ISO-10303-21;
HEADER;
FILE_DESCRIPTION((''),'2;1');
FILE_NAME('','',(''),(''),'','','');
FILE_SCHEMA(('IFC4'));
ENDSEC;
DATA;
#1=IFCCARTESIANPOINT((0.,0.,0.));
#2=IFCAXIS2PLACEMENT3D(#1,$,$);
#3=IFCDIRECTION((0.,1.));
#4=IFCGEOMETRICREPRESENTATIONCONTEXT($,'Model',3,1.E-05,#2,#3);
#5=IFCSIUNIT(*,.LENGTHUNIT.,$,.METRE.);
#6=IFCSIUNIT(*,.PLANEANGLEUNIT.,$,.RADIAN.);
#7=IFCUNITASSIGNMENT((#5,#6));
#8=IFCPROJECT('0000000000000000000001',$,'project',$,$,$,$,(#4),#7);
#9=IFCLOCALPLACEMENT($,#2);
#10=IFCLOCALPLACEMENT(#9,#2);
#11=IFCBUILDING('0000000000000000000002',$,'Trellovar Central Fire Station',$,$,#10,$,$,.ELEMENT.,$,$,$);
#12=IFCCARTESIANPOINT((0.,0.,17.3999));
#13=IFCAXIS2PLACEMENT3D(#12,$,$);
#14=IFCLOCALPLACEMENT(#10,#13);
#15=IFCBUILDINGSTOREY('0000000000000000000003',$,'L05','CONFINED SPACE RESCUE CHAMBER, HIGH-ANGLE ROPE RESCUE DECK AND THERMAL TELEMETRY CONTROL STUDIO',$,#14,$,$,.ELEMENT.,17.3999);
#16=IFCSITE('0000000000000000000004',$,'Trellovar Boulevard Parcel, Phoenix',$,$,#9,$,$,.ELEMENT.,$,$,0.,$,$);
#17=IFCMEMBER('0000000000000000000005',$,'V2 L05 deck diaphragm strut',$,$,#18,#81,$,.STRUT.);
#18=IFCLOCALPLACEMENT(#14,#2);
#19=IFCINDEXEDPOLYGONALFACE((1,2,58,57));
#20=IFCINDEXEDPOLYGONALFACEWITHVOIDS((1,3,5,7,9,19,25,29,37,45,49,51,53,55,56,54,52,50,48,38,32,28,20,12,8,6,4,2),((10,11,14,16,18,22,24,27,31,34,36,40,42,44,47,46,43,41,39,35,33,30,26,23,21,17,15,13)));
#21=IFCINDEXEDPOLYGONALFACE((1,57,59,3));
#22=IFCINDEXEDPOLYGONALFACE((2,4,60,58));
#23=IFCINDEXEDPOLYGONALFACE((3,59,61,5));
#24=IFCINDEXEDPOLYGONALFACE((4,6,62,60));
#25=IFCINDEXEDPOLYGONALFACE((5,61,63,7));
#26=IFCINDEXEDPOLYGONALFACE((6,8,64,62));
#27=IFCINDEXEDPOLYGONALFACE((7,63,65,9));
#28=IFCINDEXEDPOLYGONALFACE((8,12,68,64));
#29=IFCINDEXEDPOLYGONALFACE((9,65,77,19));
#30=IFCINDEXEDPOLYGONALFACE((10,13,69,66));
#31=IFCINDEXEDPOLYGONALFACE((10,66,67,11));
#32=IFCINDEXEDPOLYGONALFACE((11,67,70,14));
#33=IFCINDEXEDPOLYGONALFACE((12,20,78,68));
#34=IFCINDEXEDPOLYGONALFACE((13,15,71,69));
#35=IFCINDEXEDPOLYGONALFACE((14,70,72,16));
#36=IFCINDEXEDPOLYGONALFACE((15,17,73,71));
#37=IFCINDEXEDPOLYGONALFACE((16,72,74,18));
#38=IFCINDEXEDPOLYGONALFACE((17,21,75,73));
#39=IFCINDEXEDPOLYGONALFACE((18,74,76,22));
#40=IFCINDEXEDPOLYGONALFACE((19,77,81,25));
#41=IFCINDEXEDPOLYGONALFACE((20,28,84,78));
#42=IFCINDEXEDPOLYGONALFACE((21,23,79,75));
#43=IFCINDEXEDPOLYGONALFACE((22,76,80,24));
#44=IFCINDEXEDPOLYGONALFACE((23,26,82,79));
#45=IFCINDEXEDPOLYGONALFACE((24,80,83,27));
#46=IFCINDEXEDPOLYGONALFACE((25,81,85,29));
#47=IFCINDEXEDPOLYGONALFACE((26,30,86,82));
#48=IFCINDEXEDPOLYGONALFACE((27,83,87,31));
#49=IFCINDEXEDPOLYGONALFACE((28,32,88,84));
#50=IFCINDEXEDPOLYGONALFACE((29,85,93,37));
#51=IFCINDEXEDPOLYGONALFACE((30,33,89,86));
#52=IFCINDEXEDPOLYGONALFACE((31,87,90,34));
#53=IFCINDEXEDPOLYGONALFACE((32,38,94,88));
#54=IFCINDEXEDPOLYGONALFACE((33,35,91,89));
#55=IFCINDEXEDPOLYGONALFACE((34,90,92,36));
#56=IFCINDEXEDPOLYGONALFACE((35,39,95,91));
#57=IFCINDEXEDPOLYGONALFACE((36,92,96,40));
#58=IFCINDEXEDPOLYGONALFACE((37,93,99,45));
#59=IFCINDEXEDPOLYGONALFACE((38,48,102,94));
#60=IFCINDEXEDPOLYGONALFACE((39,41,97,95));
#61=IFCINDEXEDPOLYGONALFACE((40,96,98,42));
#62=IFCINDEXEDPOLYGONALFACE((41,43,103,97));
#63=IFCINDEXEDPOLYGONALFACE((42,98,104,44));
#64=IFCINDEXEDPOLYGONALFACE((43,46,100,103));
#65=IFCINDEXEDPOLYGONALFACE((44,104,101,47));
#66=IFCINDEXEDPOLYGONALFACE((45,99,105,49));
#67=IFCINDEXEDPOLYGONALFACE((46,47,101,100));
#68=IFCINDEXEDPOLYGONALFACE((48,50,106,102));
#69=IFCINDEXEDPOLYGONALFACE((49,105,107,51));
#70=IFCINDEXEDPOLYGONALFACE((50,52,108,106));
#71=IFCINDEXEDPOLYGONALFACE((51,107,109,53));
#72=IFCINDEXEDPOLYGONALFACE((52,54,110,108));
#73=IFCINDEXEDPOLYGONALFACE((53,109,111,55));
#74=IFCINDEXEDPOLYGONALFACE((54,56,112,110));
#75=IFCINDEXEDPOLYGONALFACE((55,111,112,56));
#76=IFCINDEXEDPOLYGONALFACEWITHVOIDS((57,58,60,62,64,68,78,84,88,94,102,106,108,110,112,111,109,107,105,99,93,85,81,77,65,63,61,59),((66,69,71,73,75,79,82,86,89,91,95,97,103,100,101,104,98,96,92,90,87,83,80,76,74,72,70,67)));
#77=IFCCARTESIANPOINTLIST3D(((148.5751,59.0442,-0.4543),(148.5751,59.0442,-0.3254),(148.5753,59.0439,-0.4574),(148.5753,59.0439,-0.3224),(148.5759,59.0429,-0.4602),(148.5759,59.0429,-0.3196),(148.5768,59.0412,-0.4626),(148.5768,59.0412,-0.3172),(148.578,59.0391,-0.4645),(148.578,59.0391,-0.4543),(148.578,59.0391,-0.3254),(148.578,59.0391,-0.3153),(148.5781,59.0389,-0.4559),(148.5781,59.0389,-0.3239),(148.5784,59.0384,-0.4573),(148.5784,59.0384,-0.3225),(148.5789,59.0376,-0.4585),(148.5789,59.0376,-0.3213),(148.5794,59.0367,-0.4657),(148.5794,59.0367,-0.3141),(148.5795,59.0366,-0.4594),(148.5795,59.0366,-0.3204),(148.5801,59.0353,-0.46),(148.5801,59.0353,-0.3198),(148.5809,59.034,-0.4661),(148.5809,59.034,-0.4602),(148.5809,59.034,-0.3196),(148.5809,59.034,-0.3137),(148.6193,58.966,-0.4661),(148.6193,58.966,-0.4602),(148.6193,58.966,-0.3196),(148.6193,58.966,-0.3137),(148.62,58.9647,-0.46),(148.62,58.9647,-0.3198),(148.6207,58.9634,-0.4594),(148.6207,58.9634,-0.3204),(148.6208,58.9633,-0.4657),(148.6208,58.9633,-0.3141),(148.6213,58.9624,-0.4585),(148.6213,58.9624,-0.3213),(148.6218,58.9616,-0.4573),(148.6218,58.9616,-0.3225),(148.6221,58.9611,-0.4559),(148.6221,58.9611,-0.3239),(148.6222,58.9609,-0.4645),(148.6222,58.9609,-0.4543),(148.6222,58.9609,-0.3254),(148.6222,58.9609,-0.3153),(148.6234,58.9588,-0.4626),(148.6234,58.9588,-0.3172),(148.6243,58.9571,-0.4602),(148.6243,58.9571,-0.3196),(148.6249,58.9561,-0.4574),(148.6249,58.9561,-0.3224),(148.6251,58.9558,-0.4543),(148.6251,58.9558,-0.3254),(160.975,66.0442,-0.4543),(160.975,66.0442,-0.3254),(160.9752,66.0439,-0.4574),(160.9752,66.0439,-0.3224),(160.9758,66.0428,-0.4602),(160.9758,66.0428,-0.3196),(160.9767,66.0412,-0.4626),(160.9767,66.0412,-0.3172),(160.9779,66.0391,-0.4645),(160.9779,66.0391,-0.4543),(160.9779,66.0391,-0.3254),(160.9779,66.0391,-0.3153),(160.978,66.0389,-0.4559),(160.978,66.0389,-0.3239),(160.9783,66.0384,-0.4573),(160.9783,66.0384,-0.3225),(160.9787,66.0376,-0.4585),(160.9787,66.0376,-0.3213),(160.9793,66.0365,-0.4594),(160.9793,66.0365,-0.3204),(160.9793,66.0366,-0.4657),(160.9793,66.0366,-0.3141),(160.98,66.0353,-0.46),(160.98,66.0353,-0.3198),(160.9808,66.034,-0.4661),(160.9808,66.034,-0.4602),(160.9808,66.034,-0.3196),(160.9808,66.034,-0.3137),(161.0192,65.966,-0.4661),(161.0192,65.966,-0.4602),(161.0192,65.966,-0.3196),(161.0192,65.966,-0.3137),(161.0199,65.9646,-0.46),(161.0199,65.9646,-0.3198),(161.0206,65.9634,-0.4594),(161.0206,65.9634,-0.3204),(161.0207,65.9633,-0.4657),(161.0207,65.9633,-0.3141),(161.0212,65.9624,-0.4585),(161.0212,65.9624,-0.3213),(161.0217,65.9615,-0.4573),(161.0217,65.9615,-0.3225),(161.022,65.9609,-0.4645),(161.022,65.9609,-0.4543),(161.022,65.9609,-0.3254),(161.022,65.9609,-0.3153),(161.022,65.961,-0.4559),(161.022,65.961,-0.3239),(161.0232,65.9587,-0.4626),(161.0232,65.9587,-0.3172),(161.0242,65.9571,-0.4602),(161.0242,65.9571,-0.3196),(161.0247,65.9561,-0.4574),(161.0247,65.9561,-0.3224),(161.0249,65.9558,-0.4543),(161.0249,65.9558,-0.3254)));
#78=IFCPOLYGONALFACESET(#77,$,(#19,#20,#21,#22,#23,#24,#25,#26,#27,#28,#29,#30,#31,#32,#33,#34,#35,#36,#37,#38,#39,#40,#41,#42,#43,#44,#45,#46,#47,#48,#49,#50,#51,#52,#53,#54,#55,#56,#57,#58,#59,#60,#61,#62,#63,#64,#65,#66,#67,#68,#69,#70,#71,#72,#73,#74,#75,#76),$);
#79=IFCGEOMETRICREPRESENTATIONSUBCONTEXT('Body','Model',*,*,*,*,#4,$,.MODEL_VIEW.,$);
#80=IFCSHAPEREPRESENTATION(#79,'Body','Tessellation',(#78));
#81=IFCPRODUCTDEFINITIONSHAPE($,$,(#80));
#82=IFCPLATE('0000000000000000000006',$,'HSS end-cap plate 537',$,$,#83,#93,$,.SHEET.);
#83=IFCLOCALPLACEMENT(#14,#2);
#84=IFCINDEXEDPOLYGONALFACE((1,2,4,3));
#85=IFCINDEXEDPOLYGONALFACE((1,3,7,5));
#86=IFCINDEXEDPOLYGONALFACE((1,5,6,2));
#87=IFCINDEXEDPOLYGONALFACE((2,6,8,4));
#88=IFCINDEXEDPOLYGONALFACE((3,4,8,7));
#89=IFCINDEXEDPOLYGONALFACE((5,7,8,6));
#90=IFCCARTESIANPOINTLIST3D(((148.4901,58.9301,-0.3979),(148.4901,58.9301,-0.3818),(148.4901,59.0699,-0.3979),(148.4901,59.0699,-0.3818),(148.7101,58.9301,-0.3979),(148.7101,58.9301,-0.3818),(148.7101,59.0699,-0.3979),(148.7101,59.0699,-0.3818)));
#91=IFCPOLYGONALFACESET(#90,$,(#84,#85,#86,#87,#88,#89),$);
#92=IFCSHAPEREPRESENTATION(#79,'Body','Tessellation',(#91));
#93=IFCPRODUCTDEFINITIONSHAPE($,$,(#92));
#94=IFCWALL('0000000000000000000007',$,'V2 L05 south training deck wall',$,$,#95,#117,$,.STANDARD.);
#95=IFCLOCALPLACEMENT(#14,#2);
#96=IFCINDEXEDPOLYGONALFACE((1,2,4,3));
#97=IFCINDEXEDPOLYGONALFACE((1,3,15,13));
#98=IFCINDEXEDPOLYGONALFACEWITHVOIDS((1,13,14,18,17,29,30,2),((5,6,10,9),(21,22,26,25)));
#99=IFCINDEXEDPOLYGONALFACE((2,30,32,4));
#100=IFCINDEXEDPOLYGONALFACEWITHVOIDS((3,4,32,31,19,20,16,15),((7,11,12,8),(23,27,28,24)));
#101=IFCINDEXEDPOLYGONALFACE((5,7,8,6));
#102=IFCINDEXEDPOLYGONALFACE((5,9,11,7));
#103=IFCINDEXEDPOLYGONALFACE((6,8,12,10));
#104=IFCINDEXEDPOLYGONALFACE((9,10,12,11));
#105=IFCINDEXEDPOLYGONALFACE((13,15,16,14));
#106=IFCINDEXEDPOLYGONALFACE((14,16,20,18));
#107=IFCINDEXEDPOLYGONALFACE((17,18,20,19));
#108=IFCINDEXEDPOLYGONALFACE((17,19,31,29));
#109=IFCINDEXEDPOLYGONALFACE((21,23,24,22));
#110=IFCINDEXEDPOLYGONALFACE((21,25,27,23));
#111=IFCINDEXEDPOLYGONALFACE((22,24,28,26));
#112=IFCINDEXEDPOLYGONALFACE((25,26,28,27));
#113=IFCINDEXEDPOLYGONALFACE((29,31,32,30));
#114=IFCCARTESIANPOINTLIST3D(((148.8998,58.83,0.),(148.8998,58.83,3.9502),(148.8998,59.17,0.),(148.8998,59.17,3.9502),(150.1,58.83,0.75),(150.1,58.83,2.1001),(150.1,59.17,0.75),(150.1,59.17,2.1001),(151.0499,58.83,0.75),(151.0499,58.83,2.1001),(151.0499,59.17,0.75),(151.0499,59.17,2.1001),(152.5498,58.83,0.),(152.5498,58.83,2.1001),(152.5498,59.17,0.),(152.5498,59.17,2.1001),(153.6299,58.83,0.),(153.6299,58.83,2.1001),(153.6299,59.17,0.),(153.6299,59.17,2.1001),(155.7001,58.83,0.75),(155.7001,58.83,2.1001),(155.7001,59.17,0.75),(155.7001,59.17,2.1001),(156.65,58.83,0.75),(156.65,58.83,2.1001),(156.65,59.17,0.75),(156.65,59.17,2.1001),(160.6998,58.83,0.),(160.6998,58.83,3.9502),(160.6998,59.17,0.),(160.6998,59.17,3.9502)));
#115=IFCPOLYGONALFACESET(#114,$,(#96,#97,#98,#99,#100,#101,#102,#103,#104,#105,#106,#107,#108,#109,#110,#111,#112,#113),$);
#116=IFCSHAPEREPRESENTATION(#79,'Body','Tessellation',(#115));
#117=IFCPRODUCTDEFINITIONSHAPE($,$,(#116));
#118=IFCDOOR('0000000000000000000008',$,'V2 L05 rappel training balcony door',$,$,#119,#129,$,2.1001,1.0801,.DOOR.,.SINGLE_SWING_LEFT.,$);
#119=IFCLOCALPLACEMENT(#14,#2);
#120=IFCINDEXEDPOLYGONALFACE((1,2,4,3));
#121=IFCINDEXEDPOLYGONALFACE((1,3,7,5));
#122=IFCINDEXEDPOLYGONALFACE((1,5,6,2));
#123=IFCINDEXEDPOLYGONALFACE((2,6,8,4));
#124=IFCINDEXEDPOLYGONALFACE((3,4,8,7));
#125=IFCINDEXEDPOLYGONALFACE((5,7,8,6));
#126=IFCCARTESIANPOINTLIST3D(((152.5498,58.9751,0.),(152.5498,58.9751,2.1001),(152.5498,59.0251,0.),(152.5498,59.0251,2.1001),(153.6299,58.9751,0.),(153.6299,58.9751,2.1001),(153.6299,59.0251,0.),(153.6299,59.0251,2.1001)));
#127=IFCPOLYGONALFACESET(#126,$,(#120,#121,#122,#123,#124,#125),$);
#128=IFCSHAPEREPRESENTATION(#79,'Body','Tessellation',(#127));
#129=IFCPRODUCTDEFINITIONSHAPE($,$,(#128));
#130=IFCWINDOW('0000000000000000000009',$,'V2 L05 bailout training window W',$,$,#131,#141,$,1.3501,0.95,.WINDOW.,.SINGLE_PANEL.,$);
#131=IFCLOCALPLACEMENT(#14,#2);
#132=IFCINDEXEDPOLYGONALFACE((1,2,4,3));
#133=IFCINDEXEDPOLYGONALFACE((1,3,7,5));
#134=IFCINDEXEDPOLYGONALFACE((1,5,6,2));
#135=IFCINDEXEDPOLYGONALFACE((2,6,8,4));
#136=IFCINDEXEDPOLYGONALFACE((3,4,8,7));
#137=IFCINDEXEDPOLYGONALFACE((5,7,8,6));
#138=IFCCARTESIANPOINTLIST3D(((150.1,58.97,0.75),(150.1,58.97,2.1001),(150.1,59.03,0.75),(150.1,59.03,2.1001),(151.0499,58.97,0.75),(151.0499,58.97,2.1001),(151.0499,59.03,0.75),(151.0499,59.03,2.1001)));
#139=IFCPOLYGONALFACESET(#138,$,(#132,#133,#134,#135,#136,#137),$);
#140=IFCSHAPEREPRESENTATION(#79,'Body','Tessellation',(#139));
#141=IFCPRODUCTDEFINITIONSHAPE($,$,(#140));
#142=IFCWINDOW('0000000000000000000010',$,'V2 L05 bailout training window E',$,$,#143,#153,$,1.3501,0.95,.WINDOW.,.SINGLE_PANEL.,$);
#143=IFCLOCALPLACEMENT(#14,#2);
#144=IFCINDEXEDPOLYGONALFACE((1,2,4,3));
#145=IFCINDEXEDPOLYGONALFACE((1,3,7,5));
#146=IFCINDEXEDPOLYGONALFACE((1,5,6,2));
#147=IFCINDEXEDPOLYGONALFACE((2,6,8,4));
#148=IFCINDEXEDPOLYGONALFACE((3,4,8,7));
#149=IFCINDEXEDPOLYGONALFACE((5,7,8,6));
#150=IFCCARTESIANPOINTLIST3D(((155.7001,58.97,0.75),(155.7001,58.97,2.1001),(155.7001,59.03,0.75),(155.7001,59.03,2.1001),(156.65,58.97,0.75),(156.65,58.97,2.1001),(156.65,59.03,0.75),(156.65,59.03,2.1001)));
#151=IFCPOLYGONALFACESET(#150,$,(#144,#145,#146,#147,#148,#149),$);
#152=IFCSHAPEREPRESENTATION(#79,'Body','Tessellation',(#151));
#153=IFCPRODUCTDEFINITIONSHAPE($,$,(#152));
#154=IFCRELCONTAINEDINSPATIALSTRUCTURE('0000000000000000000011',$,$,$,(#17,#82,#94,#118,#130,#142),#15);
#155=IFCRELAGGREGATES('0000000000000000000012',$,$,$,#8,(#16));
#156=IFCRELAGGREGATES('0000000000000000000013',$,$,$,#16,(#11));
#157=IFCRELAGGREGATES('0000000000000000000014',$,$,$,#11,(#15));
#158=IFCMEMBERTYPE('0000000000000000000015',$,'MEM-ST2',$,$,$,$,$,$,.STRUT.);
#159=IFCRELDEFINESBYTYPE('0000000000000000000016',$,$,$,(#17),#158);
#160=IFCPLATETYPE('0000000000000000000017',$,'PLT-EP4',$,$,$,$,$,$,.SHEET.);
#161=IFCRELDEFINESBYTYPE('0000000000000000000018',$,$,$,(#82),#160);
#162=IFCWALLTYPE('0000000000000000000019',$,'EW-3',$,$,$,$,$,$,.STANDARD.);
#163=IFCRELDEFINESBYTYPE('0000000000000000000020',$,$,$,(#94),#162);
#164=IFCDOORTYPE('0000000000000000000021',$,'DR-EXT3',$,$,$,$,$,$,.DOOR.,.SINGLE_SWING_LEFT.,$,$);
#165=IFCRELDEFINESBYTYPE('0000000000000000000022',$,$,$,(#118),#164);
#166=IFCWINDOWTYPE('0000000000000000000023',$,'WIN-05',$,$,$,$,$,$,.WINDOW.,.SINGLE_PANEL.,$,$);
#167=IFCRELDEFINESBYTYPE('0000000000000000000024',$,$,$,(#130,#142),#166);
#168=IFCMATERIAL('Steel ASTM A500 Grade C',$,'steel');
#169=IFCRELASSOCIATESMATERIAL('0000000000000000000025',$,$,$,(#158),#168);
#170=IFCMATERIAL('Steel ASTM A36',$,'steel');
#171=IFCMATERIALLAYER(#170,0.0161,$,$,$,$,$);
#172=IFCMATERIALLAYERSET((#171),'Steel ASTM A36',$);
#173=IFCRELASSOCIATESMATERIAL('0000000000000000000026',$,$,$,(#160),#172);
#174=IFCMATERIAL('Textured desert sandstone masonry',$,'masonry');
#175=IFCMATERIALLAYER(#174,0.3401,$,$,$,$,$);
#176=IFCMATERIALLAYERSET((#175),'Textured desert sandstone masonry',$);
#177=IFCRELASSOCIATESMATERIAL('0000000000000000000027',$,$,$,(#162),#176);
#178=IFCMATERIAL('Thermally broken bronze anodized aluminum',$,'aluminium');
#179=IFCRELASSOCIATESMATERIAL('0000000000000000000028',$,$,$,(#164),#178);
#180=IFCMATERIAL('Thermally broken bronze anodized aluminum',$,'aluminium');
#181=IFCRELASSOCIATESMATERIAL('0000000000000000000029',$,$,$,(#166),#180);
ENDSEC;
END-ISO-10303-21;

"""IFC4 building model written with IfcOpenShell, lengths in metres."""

from ifc_helpers import new_model, si_unit, direction, frame, frame_2d, origin, origin_2d, place, context, subcontext, project, spatial, rectangle, hollow_rectangle, extrude, material, layer, layer_set, material_profile, profile_set, type_object, element, fill, save


model = new_model("IFC4")

# Units and contexts
model_context = context("Model", 3, precision=1e-05, world=origin(), true_north=direction((0.0, 1.0)))
body_context = subcontext(model_context, "Body", "Model", "MODEL_VIEW")
ifc_project = project(units=[si_unit("LENGTHUNIT", "METRE"), si_unit("PLANEANGLEUNIT", "RADIAN")], contexts=[model_context])

# Site, building, storey
site_placement = place(None, origin())
site = spatial("IfcSite", under=ifc_project, at=site_placement, Name="Trellovar Boulevard Parcel, Phoenix", CompositionType="ELEMENT", RefElevation=0.0)
building_placement = place(site_placement, origin())
building = spatial("IfcBuilding", under=site, at=building_placement, Name="Trellovar Central Fire Station", CompositionType="ELEMENT")
storey_placement = place(building_placement, frame((0.0, 0.0, 17.3999)))
storey = spatial("IfcBuildingStorey", under=building, at=storey_placement, Name="L05", Description="CONFINED SPACE RESCUE CHAMBER, HIGH-ANGLE ROPE RESCUE DECK AND THERMAL TELEMETRY CONTROL STUDIO", CompositionType="ELEMENT", Elevation=17.3999)

# Member
ifc_material_1 = material(Name="Steel ASTM A500 Grade C", Category="steel")
ifc_material_profile_1 = material_profile(ifc_material_1, hollow_rectangle(XDim=0.1016, YDim=0.1523, WallThickness=0.0059, InnerFilletRadius=0.0059, OuterFilletRadius=0.0117, at=origin_2d()), Name="HSS6X4X1/4")
ifc_profile_set_1 = profile_set([ifc_material_profile_1], Name="Steel ASTM A500 Grade C")
member_type = type_object("IfcMemberType", Name="MEM-ST2", PredefinedType="STRUT", material=ifc_profile_set_1)
member_placement = place(storey_placement, frame((148.6001, 59.0, -0.3899), z_axis=(0.870823, 0.491597, 0.0), x_axis=(-0.491597, 0.870823, 0.0)))
element("IfcMember", 1, at=member_placement, inside=storey, type_object=member_type, Name="V2 L05 deck diaphragm strut", PredefinedType="STRUT", context=body_context, shape_type="SweptSolid", body=[
    extrude(hollow_rectangle(XDim=0.1016, YDim=0.1523, WallThickness=0.0059, InnerFilletRadius=0.0059, OuterFilletRadius=0.0117, at=origin_2d()), origin(), (0.0, 0.0, 1.0), 14.2393),
])

# Plate
ifc_material_2 = material(Name="Steel ASTM A36", Category="steel")
ifc_layer_1 = layer(ifc_material_2, 0.0161)
ifc_layer_set_1 = layer_set([ifc_layer_1], Name="Steel ASTM A36")
plate_type = type_object("IfcPlateType", Name="PLT-EP4", PredefinedType="SHEET", material=ifc_layer_set_1)
plate_placement = place(storey_placement, frame((148.6001, 59.0, -0.3979), z_axis=(0.0, 0.0, 1.0), x_axis=(1.0, 0.0, 0.0)))
element("IfcPlate", 2, at=plate_placement, inside=storey, type_object=plate_type, Name="HSS end-cap plate 537", PredefinedType="SHEET", context=body_context, shape_type="SweptSolid", body=[
    extrude(rectangle(XDim=0.22, YDim=0.1399, at=origin_2d()), origin(), (0.0, 0.0, 1.0), 0.0161),
])

# Wall, openings, door, windows
ifc_material_3 = material(Name="Textured desert sandstone masonry", Category="masonry")
ifc_layer_2 = layer(ifc_material_3, 0.3401)
ifc_layer_set_2 = layer_set([ifc_layer_2], Name="Textured desert sandstone masonry")
wall_type_1 = type_object("IfcWallType", Name="EW-3", PredefinedType="STANDARD", material=ifc_layer_set_2)
wall_1_placement = place(storey_placement, frame((148.8999, 59.0, 0.0), z_axis=(0.0, 0.0, 1.0), x_axis=(1.0, 0.0, 0.0)))
wall_1 = element("IfcWall", 3, at=wall_1_placement, inside=storey, type_object=wall_type_1, Name="V2 L05 south training deck wall", PredefinedType="STANDARD", context=body_context, shape_type="SweptSolid", body=[
    extrude(rectangle(XDim=11.8, YDim=0.3401, at=frame_2d((5.8999, 0.0))), origin(), (0.0, 0.0, 1.0), 3.9502),
])
opening_1_placement = place(wall_1_placement, frame((3.6499, 0.0, 0.0)))
opening_1 = element("IfcOpeningElement", 4, at=opening_1_placement, cuts=wall_1, PredefinedType="OPENING", context=body_context, shape_type="SweptSolid", body=[
    extrude(rectangle(XDim=1.0801, YDim=2.1001, at=frame_2d((0.54, 1.05))), frame((0.0, 0.1799, 0.0), z_axis=(0.0, -1.0, 0.0), x_axis=(1.0, 0.0, 0.0)), (0.0, 0.0, 1.0), 0.3601),
])
opening_2_placement = place(wall_1_placement, frame((1.2, 0.0, 0.75)))
opening_2 = element("IfcOpeningElement", 5, at=opening_2_placement, cuts=wall_1, PredefinedType="OPENING", context=body_context, shape_type="SweptSolid", body=[
    extrude(rectangle(XDim=0.95, YDim=1.3501, at=frame_2d((0.4751, 0.675))), frame((0.0, 0.1799, 0.0), z_axis=(0.0, -1.0, 0.0), x_axis=(1.0, 0.0, 0.0)), (0.0, 0.0, 1.0), 0.3601),
])
opening_3_placement = place(wall_1_placement, frame((6.8, 0.0, 0.75)))
opening_3 = element("IfcOpeningElement", 6, at=opening_3_placement, cuts=wall_1, PredefinedType="OPENING", context=body_context, shape_type="SweptSolid", body=[
    extrude(rectangle(XDim=0.95, YDim=1.3501, at=frame_2d((0.4751, 0.675))), frame((0.0, 0.1799, 0.0), z_axis=(0.0, -1.0, 0.0), x_axis=(1.0, 0.0, 0.0)), (0.0, 0.0, 1.0), 0.3601),
])
ifc_material_4 = material(Name="Thermally broken bronze anodized aluminum", Category="aluminium")
door_type_1 = type_object("IfcDoorType", Name="DR-EXT3", OperationType="SINGLE_SWING_LEFT", PredefinedType="DOOR", material=ifc_material_4)
door_1_placement = place(opening_1_placement, frame((1.0801, 0.0, 0.0), z_axis=(0.0, 0.0, 1.0), x_axis=(-1.0, 0.0, 0.0)))
door_1 = element("IfcDoor", 7, at=door_1_placement, inside=storey, type_object=door_type_1, Name="V2 L05 rappel training balcony door", OperationType="SINGLE_SWING_LEFT", OverallHeight=2.1001, OverallWidth=1.0801, PredefinedType="DOOR", context=body_context, shape_type="SweptSolid", body=[
    extrude(rectangle(XDim=1.0801, YDim=2.1001, at=frame_2d((0.54, 1.05))), frame((0.0, 0.0249, 0.0), z_axis=(0.0, -1.0, 0.0), x_axis=(1.0, 0.0, 0.0)), (0.0, 0.0, 1.0), 0.05),
])
fill(opening_1, door_1)
ifc_material_5 = material(Name="Thermally broken bronze anodized aluminum", Category="aluminium")
window_type = type_object("IfcWindowType", Name="WIN-05", PartitioningType="SINGLE_PANEL", PredefinedType="WINDOW", material=ifc_material_5)
window_1_placement = place(opening_2_placement, origin())
window_1 = element("IfcWindow", 8, at=window_1_placement, inside=storey, type_object=window_type, Name="V2 L05 bailout training window W", OverallHeight=1.3501, OverallWidth=0.95, PartitioningType="SINGLE_PANEL", PredefinedType="WINDOW", context=body_context, shape_type="SweptSolid", body=[
    extrude(rectangle(XDim=0.95, YDim=1.3501, at=frame_2d((0.4751, 0.675))), frame((0.0, 0.03, 0.0), z_axis=(0.0, -1.0, 0.0), x_axis=(1.0, 0.0, 0.0)), (0.0, 0.0, 1.0), 0.0601),
])
fill(opening_2, window_1)
window_2_placement = place(opening_3_placement, origin())
window_2 = element("IfcWindow", 9, at=window_2_placement, inside=storey, type_object=window_type, Name="V2 L05 bailout training window E", OverallHeight=1.3501, OverallWidth=0.95, PartitioningType="SINGLE_PANEL", PredefinedType="WINDOW", context=body_context, shape_type="SweptSolid", body=[
    extrude(rectangle(XDim=0.95, YDim=1.3501, at=frame_2d((0.4751, 0.675))), frame((0.0, 0.03, 0.0), z_axis=(0.0, -1.0, 0.0), x_axis=(1.0, 0.0, 0.0)), (0.0, 0.0, 1.0), 0.0601),
])
fill(opening_3, window_2)

save(model, "model.ifc")
